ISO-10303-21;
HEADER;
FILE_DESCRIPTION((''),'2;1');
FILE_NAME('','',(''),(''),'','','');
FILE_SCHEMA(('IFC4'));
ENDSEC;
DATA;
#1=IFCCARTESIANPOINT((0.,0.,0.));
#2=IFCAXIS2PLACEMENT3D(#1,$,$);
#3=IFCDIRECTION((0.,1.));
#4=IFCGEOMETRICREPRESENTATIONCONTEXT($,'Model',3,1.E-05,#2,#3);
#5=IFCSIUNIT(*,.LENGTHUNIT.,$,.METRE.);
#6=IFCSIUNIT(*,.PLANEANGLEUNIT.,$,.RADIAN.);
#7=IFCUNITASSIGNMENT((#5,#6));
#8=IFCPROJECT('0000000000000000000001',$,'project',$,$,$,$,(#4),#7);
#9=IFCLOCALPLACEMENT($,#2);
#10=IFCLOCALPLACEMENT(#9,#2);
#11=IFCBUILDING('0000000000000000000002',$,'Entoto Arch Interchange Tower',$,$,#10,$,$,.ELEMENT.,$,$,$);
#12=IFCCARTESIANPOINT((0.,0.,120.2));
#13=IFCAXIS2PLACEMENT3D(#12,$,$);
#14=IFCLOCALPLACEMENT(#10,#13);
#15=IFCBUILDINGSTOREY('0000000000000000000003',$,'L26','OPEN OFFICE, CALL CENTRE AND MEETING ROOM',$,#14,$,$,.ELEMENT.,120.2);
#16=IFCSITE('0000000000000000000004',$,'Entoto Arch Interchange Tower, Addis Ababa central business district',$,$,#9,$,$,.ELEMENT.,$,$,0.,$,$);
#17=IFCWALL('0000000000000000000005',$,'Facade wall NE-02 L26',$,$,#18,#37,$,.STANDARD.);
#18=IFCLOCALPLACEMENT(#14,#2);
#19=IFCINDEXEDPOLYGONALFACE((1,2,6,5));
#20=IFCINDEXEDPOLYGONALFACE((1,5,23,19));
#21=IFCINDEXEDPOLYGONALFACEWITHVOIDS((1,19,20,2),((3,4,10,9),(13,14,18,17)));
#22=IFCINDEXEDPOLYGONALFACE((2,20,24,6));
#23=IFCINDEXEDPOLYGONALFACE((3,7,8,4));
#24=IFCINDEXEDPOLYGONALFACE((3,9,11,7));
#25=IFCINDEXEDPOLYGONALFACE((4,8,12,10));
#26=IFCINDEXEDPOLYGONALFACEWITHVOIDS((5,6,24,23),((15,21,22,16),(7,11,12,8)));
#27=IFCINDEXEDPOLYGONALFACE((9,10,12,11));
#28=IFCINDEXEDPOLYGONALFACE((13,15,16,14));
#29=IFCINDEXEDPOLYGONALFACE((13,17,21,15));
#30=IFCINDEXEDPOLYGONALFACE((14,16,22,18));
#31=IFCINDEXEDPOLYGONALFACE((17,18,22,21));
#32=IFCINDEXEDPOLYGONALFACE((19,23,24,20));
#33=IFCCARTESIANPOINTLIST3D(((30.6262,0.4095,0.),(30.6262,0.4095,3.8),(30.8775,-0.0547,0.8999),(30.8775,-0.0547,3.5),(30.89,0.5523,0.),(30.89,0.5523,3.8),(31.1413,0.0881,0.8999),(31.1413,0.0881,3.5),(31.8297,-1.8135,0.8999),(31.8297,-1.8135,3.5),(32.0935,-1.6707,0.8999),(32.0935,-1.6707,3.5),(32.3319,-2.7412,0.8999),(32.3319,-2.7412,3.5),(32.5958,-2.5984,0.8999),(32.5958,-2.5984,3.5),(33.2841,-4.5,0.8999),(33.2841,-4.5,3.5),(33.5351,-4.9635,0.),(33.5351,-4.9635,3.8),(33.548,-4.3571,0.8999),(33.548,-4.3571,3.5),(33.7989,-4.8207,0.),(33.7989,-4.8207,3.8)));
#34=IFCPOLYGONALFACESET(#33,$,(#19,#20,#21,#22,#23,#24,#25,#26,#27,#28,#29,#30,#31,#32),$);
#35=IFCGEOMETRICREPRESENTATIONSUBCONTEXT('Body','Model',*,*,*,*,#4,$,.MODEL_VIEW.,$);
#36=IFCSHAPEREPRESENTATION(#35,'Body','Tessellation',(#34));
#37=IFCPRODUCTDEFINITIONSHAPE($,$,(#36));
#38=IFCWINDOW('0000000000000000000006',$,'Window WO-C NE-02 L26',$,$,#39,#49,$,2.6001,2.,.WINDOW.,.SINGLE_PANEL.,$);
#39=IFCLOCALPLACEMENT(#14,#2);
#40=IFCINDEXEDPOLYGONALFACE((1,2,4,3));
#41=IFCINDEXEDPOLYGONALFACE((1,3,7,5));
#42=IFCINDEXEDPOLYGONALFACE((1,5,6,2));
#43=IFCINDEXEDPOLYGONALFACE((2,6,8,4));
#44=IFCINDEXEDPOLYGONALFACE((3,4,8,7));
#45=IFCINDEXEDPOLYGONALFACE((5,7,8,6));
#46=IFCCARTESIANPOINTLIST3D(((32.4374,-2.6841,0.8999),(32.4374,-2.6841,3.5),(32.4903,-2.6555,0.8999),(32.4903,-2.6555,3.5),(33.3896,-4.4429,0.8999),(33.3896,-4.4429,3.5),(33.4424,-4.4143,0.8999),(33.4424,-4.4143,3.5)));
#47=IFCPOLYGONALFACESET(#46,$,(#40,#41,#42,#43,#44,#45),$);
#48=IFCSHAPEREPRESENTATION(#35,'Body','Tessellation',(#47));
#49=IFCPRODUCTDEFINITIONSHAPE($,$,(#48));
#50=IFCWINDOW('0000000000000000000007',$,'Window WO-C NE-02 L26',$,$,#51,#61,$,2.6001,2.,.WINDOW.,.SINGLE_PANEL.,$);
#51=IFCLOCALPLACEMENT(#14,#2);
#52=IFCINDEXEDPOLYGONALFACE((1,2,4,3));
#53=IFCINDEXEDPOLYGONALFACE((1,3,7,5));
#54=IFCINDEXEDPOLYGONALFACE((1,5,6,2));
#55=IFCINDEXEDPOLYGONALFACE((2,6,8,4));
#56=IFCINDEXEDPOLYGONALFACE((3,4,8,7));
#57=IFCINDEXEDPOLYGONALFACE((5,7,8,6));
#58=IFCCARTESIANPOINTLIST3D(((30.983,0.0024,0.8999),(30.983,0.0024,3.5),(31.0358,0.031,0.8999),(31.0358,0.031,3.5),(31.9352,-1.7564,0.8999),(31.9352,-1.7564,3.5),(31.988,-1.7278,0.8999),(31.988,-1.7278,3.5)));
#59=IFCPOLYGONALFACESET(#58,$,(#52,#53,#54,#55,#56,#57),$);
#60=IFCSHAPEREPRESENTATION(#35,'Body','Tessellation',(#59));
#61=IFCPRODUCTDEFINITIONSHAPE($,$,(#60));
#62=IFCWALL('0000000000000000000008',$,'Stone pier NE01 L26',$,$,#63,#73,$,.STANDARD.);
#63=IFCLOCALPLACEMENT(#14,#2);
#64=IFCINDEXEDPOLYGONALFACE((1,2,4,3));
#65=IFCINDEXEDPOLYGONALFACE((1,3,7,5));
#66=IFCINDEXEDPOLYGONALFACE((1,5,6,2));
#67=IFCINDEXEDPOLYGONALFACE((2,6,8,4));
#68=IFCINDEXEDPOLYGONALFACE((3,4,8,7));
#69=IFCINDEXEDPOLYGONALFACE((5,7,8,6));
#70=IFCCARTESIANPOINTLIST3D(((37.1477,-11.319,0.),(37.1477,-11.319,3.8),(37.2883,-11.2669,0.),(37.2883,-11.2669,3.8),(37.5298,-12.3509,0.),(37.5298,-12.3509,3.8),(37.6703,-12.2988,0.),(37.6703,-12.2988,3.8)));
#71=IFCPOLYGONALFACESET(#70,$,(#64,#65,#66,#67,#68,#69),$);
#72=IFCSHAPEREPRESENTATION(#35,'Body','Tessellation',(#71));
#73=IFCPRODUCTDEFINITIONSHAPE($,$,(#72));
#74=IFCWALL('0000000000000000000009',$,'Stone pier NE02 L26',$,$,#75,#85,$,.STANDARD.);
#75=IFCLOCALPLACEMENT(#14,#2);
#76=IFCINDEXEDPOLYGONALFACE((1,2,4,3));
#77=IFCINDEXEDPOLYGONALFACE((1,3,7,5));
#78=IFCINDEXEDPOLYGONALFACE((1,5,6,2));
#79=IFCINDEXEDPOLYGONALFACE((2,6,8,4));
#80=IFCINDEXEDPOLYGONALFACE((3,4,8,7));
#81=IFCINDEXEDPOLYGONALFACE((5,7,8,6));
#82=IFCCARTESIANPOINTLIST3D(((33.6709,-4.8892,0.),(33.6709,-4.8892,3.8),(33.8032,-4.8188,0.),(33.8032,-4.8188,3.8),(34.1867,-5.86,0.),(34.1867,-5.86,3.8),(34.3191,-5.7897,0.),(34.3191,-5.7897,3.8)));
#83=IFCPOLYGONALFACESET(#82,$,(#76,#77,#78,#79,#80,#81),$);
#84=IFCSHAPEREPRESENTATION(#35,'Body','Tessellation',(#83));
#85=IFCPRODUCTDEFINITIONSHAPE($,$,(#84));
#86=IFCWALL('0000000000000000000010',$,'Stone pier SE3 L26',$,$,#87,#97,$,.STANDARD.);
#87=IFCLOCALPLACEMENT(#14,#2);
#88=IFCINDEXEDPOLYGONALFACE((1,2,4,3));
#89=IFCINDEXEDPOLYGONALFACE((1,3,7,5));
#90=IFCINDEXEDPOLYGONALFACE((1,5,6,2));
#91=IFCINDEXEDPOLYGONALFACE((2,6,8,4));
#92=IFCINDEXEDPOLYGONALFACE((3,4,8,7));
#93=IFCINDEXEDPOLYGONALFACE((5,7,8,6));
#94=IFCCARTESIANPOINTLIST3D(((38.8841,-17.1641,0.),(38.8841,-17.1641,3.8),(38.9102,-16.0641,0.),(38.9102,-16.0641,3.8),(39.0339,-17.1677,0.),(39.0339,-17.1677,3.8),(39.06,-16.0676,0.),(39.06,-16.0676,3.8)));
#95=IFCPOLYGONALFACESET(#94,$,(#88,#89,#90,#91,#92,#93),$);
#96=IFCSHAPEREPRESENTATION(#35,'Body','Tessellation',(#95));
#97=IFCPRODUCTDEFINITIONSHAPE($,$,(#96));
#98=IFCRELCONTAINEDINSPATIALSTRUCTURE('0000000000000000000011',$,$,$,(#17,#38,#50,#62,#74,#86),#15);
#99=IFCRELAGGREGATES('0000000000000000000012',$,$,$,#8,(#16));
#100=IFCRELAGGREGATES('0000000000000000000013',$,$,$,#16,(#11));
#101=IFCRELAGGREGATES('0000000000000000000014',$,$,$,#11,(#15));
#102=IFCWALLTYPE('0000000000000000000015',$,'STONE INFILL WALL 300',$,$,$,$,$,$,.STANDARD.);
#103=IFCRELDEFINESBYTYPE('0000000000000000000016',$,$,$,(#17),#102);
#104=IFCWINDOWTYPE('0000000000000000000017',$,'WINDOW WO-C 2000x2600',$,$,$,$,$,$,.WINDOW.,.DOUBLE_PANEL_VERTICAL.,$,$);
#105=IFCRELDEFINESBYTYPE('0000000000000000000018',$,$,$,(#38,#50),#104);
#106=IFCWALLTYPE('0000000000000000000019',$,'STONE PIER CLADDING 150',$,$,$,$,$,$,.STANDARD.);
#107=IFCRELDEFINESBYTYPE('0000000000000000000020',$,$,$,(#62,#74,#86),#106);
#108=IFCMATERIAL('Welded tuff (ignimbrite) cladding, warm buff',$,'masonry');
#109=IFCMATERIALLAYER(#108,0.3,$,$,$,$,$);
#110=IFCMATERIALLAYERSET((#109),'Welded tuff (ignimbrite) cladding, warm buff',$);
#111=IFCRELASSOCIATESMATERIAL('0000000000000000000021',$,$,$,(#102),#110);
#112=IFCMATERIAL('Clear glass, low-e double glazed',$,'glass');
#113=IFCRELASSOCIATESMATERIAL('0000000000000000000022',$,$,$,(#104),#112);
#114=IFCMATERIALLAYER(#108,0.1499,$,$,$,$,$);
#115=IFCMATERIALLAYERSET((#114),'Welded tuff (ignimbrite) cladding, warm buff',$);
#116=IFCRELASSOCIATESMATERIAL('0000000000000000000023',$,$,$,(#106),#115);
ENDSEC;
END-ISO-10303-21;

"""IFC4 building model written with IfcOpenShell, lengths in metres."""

from ifc_helpers import new_model, si_unit, direction, frame, frame_2d, origin, place, context, subcontext, project, spatial, rectangle, extrude, material, layer, layer_set, type_object, element, fill, save


model = new_model("IFC4")

# Units and contexts
model_context = context("Model", 3, precision=1e-05, world=origin(), true_north=direction((0.0, 1.0)))
body_context = subcontext(model_context, "Body", "Model", "MODEL_VIEW")
ifc_project = project(units=[si_unit("LENGTHUNIT", "METRE"), si_unit("PLANEANGLEUNIT", "RADIAN")], contexts=[model_context])

# Site, building, storey
site_placement = place(None, origin())
site = spatial("IfcSite", under=ifc_project, at=site_placement, Name="Entoto Arch Interchange Tower, Addis Ababa central business district", CompositionType="ELEMENT", RefElevation=0.0)
building_placement = place(site_placement, origin())
building = spatial("IfcBuilding", under=site, at=building_placement, Name="Entoto Arch Interchange Tower", CompositionType="ELEMENT")
storey_placement = place(building_placement, frame((0.0, 0.0, 120.2)))
storey = spatial("IfcBuildingStorey", under=building, at=storey_placement, Name="L26", Description="OPEN OFFICE, CALL CENTRE AND MEETING ROOM", CompositionType="ELEMENT", Elevation=120.2)

# Shared definitions
ifc_material_1 = material(Name="Welded tuff (ignimbrite) cladding, warm buff", Category="masonry")
ifc_layer_1 = layer(ifc_material_1, 0.3)
ifc_layer_set_1 = layer_set([ifc_layer_1], Name="Welded tuff (ignimbrite) cladding, warm buff")
wall_type_1 = type_object("IfcWallType", Name="STONE INFILL WALL 300", PredefinedType="STANDARD", material=ifc_layer_set_1)
ifc_material_2 = material(Name="Clear glass, low-e double glazed", Category="glass")

# Wall, openings, windows
window_type_1 = type_object("IfcWindowType", Name="WINDOW WO-C 2000x2600", PartitioningType="DOUBLE_PANEL_VERTICAL", PredefinedType="WINDOW", material=ifc_material_2)
wall_1_placement = place(storey_placement, frame((33.667, -4.8921, 0.0), z_axis=(0.0, 0.0, 1.0), x_axis=(-0.476098, 0.879392, 0.0)))
wall_1 = element("IfcWall", 1, at=wall_1_placement, inside=storey, type_object=wall_type_1, Name="Facade wall NE-02 L26", PredefinedType="STANDARD", context=body_context, shape_type="SweptSolid", body=[
    extrude(rectangle(XDim=6.1099, YDim=0.3, at=frame_2d((3.0549, 0.0))), origin(), (0.0, 0.0, 1.0), 3.8),
])
opening_1_placement = place(wall_1_placement, frame((0.5271, 0.0, 0.8999)))
opening_1 = element("IfcOpeningElement", 2, at=opening_1_placement, cuts=wall_1, PredefinedType="OPENING", context=body_context, shape_type="SweptSolid", body=[
    extrude(rectangle(XDim=2.0, YDim=2.6001, at=frame_2d((1.0, 1.3))), frame((0.0, 0.1602, 0.0), z_axis=(0.0, -1.0, 0.0), x_axis=(1.0, 0.0, 0.0)), (0.0, 0.0, 1.0), 0.3201),
])
opening_2_placement = place(wall_1_placement, frame((3.582, 0.0, 0.8999)))
opening_2 = element("IfcOpeningElement", 3, at=opening_2_placement, cuts=wall_1, PredefinedType="OPENING", context=body_context, shape_type="SweptSolid", body=[
    extrude(rectangle(XDim=2.0, YDim=2.6001, at=frame_2d((1.0, 1.3))), frame((0.0, 0.1602, 0.0), z_axis=(0.0, -1.0, 0.0), x_axis=(1.0, 0.0, 0.0)), (0.0, 0.0, 1.0), 0.3201),
])
window_1_placement = place(opening_1_placement, origin())
window_1 = element("IfcWindow", 4, at=window_1_placement, inside=storey, type_object=window_type_1, Name="Window WO-C NE-02 L26", OverallHeight=2.6001, OverallWidth=2.0, PartitioningType="SINGLE_PANEL", PredefinedType="WINDOW", context=body_context, shape_type="SweptSolid", body=[
    extrude(rectangle(XDim=2.0, YDim=2.6001, at=frame_2d((1.0, 1.3))), frame((0.0, 0.03, 0.0), z_axis=(0.0, -1.0, 0.0), x_axis=(1.0, 0.0, 0.0)), (0.0, 0.0, 1.0), 0.0601),
])
fill(opening_1, window_1)
window_2_placement = place(opening_2_placement, origin())
window_2 = element("IfcWindow", 5, at=window_2_placement, inside=storey, type_object=window_type_1, Name="Window WO-C NE-02 L26", OverallHeight=2.6001, OverallWidth=2.0, PartitioningType="SINGLE_PANEL", PredefinedType="WINDOW", context=body_context, shape_type="SweptSolid", body=[
    extrude(rectangle(XDim=2.0, YDim=2.6001, at=frame_2d((1.0, 1.3))), frame((0.0, 0.03, 0.0), z_axis=(0.0, -1.0, 0.0), x_axis=(1.0, 0.0, 0.0)), (0.0, 0.0, 1.0), 0.0601),
])
fill(opening_2, window_2)

# Walls
ifc_layer_2 = layer(ifc_material_1, 0.1499)
ifc_layer_set_2 = layer_set([ifc_layer_2], Name="Welded tuff (ignimbrite) cladding, warm buff")
wall_type_2 = type_object("IfcWallType", Name="STONE PIER CLADDING 150", PredefinedType="STANDARD", material=ifc_layer_set_2)
wall_2_placement = place(storey_placement, frame((37.6001, -12.325, 0.0), z_axis=(0.0, 0.0, 1.0), x_axis=(-0.347206, 0.937789, 0.0)))
element("IfcWall", 6, at=wall_2_placement, inside=storey, type_object=wall_type_2, Name="Stone pier NE01 L26", PredefinedType="STANDARD", context=body_context, shape_type="SweptSolid", body=[
    extrude(rectangle(XDim=1.1003, YDim=0.1499, at=frame_2d((0.5503, 0.0))), origin(), (0.0, 0.0, 1.0), 3.8),
])
wall_3_placement = place(storey_placement, frame((34.2529, -5.825, 0.0), z_axis=(0.0, 0.0, 1.0), x_axis=(-0.469193, 0.883096, 0.0)))
element("IfcWall", 7, at=wall_3_placement, inside=storey, type_object=wall_type_2, Name="Stone pier NE02 L26", PredefinedType="STANDARD", context=body_context, shape_type="SweptSolid", body=[
    extrude(rectangle(XDim=1.0994, YDim=0.1499, at=frame_2d((0.5498, 0.0))), origin(), (0.0, 0.0, 1.0), 3.8),
])
wall_4_placement = place(storey_placement, frame((38.959, -17.166, 0.0), z_axis=(0.0, 0.0, 1.0), x_axis=(0.023739, 0.999718, 0.0)))
element("IfcWall", 8, at=wall_4_placement, inside=storey, type_object=wall_type_2, Name="Stone pier SE3 L26", PredefinedType="STANDARD", context=body_context, shape_type="SweptSolid", body=[
    extrude(rectangle(XDim=1.1003, YDim=0.1499, at=frame_2d((0.5503, 0.0))), origin(), (0.0, 0.0, 1.0), 3.8),
])

save(model, "model.ifc")
